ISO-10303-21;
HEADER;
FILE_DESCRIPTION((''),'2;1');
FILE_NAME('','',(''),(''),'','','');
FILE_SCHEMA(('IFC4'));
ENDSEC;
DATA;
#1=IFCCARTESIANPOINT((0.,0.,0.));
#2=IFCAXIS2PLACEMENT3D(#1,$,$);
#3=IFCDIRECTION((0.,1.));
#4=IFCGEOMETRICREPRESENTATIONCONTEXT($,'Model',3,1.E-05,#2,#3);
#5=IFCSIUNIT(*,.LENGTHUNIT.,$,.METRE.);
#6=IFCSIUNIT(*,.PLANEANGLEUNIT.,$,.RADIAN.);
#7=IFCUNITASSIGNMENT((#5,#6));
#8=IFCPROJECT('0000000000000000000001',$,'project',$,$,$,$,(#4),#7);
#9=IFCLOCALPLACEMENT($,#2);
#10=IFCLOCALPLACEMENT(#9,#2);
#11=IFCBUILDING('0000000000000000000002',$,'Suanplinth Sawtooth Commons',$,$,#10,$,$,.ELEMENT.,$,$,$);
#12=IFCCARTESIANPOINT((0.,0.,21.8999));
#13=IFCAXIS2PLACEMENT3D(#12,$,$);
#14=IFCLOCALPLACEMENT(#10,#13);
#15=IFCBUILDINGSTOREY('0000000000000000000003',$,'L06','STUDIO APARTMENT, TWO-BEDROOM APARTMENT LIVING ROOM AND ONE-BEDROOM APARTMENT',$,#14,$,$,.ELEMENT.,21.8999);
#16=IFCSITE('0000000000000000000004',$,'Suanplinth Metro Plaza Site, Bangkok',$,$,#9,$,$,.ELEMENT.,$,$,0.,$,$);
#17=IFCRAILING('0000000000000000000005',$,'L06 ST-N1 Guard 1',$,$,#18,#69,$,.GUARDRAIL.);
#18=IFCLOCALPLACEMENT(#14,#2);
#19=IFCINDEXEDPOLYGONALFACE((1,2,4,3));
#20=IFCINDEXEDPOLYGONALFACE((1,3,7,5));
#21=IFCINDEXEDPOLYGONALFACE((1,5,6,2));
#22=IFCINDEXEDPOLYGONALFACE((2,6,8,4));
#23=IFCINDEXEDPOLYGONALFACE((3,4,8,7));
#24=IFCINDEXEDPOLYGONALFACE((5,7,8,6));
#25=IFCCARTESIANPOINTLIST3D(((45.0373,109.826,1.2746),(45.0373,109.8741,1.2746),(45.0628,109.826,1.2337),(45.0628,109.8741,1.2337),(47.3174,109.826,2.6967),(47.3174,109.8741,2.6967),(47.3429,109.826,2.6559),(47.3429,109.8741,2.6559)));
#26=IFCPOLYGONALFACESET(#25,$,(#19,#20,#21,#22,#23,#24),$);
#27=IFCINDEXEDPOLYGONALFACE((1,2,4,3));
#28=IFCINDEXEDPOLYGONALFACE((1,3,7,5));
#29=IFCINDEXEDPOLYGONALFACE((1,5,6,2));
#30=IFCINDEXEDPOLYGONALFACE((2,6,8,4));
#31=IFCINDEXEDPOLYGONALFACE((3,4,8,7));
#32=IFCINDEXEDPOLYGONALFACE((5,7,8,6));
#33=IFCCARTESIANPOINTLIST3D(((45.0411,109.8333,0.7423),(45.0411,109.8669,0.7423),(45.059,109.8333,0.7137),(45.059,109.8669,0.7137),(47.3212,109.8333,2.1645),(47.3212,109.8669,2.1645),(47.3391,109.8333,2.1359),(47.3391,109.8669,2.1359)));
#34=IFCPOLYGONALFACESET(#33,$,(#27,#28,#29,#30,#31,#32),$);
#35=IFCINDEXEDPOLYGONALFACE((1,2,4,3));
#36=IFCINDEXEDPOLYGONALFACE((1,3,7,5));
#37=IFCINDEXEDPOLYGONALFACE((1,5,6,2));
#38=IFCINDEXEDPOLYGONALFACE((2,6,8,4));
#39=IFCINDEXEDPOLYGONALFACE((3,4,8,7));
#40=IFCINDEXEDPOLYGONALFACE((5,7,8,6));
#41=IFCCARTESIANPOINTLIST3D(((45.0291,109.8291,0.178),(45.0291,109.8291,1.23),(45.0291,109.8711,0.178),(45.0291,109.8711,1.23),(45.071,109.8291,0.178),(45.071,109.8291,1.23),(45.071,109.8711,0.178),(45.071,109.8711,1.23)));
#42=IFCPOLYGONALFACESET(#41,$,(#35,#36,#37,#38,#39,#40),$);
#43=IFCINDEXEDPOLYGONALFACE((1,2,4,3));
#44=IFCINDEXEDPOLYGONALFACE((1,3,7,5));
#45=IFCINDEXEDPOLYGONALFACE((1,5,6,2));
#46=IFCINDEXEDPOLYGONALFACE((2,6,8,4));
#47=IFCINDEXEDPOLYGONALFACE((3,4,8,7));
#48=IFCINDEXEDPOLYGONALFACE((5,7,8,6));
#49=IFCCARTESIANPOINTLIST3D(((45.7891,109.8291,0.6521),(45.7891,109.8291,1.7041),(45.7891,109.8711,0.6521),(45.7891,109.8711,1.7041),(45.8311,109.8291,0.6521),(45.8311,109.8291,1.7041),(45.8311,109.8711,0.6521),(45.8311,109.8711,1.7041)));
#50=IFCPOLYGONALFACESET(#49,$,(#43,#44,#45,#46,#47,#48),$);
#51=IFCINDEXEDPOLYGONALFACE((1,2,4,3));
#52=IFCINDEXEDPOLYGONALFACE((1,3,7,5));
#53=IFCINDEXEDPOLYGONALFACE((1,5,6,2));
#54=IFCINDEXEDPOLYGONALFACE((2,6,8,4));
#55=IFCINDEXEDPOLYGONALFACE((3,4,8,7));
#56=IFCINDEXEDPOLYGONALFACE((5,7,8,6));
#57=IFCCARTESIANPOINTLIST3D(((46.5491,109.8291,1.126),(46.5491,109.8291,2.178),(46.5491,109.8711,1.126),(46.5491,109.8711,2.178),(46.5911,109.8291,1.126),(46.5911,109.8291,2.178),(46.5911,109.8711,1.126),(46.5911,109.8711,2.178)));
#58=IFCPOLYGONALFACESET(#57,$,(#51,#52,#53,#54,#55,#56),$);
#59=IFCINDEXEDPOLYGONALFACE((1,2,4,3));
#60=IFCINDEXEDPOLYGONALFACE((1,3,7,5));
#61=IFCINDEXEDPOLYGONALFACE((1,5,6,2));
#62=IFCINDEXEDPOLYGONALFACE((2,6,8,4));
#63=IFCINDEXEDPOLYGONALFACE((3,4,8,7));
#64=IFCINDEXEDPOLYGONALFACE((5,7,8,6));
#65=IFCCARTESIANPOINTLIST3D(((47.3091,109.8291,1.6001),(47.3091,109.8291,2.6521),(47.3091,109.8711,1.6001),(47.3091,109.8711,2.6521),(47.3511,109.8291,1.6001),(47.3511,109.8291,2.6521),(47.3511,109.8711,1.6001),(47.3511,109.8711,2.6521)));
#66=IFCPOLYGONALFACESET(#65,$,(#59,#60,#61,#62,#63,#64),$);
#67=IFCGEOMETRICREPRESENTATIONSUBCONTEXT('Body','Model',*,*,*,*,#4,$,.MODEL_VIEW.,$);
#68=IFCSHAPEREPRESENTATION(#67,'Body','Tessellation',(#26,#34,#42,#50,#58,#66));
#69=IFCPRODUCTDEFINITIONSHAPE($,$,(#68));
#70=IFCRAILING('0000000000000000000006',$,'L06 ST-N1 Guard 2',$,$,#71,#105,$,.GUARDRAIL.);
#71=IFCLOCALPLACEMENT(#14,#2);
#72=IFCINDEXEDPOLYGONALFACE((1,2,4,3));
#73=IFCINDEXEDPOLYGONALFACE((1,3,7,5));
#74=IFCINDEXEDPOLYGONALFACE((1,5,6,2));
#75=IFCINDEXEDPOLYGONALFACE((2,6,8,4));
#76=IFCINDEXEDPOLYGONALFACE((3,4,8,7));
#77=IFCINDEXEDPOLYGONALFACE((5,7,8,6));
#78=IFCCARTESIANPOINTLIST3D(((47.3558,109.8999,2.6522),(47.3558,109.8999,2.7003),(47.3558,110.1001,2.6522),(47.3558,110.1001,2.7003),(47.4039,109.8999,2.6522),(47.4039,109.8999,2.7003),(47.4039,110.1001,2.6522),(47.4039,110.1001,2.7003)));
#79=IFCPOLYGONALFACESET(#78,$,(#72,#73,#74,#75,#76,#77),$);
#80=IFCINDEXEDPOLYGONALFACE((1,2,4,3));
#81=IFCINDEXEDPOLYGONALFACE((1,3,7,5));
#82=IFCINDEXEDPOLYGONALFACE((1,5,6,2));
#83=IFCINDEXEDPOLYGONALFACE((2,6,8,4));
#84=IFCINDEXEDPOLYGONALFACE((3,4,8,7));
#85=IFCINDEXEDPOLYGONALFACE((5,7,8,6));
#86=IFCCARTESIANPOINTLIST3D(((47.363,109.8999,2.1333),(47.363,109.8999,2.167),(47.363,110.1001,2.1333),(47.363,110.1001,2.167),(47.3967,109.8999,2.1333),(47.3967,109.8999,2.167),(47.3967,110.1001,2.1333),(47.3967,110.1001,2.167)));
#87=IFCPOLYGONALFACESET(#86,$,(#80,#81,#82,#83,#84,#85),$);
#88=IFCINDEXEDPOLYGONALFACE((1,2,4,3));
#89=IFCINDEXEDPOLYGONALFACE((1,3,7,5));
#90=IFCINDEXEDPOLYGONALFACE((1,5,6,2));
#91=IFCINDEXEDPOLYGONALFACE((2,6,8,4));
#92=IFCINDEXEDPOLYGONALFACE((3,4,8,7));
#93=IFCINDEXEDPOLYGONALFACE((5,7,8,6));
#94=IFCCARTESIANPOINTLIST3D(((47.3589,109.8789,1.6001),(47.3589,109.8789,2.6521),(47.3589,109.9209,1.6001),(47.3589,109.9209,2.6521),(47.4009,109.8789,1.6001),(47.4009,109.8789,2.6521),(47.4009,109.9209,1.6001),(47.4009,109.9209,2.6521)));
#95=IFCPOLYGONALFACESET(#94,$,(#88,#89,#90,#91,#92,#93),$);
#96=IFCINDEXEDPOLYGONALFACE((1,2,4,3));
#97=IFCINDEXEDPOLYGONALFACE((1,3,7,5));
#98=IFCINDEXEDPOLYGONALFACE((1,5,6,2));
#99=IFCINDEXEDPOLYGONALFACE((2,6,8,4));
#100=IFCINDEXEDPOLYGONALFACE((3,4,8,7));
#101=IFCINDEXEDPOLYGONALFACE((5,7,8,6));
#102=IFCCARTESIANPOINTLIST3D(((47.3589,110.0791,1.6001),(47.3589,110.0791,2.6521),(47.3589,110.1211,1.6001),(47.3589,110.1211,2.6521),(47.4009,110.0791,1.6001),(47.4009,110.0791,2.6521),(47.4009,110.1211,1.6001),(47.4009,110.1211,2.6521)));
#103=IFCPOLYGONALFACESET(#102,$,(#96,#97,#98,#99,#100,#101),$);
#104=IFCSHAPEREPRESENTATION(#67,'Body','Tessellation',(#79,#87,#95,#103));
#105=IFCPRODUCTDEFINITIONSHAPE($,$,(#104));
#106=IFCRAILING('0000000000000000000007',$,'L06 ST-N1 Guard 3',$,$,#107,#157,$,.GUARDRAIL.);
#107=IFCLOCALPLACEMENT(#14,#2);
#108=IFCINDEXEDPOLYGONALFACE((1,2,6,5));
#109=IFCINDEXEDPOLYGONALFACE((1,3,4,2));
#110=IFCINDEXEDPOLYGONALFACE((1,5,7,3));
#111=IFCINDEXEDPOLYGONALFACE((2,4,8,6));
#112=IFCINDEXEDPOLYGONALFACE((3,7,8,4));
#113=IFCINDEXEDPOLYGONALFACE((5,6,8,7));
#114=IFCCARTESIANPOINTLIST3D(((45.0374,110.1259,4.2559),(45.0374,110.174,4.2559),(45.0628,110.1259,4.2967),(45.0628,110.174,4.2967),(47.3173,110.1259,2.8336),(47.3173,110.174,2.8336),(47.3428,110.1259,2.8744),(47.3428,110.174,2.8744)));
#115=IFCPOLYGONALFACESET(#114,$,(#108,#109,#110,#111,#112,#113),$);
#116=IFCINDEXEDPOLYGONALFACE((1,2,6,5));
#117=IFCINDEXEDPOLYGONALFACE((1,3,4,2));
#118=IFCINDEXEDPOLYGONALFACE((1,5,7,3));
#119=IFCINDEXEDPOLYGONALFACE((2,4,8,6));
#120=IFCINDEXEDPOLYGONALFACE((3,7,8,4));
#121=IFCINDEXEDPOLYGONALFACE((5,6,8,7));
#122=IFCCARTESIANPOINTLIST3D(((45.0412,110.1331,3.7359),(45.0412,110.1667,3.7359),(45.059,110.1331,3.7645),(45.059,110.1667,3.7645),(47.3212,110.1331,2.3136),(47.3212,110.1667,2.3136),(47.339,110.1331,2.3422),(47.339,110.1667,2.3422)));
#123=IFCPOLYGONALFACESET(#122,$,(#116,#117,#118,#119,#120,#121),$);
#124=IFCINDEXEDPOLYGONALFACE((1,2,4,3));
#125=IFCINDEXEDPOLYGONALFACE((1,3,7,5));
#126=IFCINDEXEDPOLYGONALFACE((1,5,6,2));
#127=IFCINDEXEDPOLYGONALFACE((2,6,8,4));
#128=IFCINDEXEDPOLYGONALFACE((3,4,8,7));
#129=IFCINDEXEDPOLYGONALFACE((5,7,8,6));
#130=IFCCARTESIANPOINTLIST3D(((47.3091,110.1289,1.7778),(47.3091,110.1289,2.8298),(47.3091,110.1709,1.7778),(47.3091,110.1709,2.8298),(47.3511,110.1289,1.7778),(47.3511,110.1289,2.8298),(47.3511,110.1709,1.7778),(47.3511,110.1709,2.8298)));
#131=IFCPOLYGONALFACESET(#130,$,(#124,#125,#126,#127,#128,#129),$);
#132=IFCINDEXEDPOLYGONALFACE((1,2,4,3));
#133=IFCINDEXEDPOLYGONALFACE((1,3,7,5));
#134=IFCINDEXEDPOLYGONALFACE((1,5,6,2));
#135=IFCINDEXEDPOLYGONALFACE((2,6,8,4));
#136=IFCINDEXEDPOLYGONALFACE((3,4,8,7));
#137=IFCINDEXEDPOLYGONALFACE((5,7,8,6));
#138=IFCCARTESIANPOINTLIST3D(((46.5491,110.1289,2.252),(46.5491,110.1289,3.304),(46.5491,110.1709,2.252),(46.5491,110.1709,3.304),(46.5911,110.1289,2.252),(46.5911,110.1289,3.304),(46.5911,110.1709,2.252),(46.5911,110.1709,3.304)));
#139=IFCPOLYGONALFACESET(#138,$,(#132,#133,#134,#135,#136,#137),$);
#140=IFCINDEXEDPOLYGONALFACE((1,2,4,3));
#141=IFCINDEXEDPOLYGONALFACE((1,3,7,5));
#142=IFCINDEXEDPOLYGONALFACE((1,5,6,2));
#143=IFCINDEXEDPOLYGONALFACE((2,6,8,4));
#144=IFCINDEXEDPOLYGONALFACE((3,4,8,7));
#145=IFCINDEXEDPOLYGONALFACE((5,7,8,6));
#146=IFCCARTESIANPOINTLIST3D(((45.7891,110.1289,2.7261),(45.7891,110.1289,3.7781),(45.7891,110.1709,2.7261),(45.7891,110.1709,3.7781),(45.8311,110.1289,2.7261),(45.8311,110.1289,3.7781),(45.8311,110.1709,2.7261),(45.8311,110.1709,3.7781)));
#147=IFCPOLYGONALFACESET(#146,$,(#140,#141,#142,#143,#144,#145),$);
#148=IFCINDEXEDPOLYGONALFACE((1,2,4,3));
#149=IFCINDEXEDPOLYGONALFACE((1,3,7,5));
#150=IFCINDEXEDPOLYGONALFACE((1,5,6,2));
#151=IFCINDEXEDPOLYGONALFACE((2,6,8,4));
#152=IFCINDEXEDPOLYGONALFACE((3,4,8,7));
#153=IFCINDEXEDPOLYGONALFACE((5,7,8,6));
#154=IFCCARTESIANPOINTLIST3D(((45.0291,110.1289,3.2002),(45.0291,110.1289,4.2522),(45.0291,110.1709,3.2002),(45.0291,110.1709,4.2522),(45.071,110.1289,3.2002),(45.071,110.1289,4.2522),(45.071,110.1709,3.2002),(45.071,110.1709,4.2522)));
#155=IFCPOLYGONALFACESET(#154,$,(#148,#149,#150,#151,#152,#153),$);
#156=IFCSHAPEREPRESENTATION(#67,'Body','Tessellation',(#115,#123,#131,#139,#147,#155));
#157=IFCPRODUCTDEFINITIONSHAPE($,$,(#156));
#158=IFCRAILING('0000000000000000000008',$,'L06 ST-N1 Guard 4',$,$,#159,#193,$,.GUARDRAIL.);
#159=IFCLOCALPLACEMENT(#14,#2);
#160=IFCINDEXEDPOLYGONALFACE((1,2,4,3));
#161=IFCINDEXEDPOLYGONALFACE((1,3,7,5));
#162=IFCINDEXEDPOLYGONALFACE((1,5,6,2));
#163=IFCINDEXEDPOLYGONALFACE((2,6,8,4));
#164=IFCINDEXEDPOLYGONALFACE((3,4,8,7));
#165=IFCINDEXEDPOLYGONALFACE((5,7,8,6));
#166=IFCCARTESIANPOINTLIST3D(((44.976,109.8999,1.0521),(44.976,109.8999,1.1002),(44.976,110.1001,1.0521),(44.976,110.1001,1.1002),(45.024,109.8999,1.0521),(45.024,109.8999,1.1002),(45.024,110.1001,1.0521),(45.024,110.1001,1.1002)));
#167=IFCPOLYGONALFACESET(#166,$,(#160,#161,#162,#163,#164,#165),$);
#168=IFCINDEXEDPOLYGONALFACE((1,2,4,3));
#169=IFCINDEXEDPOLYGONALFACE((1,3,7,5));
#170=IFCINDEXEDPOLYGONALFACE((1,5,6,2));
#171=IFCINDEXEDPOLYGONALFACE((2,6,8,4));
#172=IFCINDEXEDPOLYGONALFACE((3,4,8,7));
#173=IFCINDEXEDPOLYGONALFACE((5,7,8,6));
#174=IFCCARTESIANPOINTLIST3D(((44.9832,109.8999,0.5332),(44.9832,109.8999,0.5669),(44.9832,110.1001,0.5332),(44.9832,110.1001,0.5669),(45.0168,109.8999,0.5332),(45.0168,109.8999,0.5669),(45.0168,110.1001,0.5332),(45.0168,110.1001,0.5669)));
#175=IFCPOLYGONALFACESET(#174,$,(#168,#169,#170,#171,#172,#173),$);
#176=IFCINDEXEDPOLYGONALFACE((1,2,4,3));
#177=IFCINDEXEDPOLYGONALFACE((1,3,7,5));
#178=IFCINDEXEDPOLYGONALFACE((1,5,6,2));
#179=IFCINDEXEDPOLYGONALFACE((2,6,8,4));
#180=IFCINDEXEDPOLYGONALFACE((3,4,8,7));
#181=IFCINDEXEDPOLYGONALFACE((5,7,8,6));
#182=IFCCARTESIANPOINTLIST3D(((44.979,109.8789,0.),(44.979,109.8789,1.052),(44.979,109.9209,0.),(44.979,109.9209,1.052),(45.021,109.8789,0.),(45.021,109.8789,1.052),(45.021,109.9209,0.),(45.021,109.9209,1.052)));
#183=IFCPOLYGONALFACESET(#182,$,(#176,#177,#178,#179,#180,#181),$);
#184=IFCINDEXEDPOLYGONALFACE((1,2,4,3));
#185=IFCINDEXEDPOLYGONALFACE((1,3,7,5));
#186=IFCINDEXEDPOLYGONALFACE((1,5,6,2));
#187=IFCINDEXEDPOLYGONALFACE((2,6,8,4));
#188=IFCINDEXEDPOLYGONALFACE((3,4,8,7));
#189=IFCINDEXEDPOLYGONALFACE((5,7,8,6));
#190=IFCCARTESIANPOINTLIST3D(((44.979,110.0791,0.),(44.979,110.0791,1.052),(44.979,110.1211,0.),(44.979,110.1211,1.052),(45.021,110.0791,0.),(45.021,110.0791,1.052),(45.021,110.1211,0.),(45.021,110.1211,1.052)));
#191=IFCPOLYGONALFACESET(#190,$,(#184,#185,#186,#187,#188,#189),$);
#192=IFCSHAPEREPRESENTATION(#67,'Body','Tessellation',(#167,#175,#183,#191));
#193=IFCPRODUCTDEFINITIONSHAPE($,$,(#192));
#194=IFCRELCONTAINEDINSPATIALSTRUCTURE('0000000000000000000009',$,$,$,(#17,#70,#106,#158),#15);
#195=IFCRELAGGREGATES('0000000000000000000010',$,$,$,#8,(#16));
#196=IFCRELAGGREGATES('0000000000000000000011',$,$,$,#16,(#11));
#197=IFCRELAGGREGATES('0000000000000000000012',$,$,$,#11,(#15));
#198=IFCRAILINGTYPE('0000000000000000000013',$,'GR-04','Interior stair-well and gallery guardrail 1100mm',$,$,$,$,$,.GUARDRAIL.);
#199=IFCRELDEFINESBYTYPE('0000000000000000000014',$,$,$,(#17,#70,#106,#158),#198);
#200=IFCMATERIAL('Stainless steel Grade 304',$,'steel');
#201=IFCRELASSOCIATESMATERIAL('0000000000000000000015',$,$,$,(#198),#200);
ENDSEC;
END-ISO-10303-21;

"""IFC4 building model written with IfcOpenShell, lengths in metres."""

from ifc_helpers import new_model, si_unit, direction, frame, origin, origin_2d, place, context, subcontext, project, spatial, rectangle, extrude, material, type_object, element, save


model = new_model("IFC4")

# Units and contexts
model_context = context("Model", 3, precision=1e-05, world=origin(), true_north=direction((0.0, 1.0)))
body_context = subcontext(model_context, "Body", "Model", "MODEL_VIEW")
ifc_project = project(units=[si_unit("LENGTHUNIT", "METRE"), si_unit("PLANEANGLEUNIT", "RADIAN")], contexts=[model_context])

# Site, building, storey
site_placement = place(None, origin())
site = spatial("IfcSite", under=ifc_project, at=site_placement, Name="Suanplinth Metro Plaza Site, Bangkok", CompositionType="ELEMENT", RefElevation=0.0)
building_placement = place(site_placement, origin())
building = spatial("IfcBuilding", under=site, at=building_placement, Name="Suanplinth Sawtooth Commons", CompositionType="ELEMENT")
storey_placement = place(building_placement, frame((0.0, 0.0, 21.8999)))
storey = spatial("IfcBuildingStorey", under=building, at=storey_placement, Name="L06", Description="STUDIO APARTMENT, TWO-BEDROOM APARTMENT LIVING ROOM AND ONE-BEDROOM APARTMENT", CompositionType="ELEMENT", Elevation=21.8999)

# Railings
ifc_material_1 = material(Name="Stainless steel Grade 304", Category="steel")
railing_type_1 = type_object("IfcRailingType", Name="GR-04", Description="Interior stair-well and gallery guardrail 1100mm", PredefinedType="GUARDRAIL", material=ifc_material_1)
railing_1_placement = place(storey_placement, frame((45.05, 109.8501, 0.178)))
element("IfcRailing", 1, at=railing_1_placement, inside=storey, type_object=railing_type_1, Name="L06 ST-N1 Guard 1", PredefinedType="GUARDRAIL", context=body_context, shape_type="SweptSolid", body=[
    extrude(rectangle(XDim=0.0481, YDim=0.0481, at=origin_2d()), frame((0.0, 0.0, 1.0762), z_axis=(0.848483, 0.0, 0.529223), x_axis=(0.0, 1.0, 0.0)), (0.0, 0.0, 1.0), 2.6873),
    extrude(rectangle(XDim=0.0337, YDim=0.0337, at=origin_2d()), frame((0.0, 0.0, 0.55), z_axis=(0.848483, 0.0, 0.529223), x_axis=(0.0, 1.0, 0.0)), (0.0, 0.0, 1.0), 2.6873),
    extrude(rectangle(XDim=0.042, YDim=0.042, at=origin_2d()), origin(), (0.0, 0.0, 1.0), 1.052),
    extrude(rectangle(XDim=0.042, YDim=0.042, at=origin_2d()), frame((0.76, 0.0, 0.4741)), (0.0, 0.0, 1.0), 1.052),
    extrude(rectangle(XDim=0.042, YDim=0.042, at=origin_2d()), frame((1.52, 0.0, 0.948)), (0.0, 0.0, 1.0), 1.052),
    extrude(rectangle(XDim=0.042, YDim=0.042, at=origin_2d()), frame((2.28, 0.0, 1.4221)), (0.0, 0.0, 1.0), 1.052),
])
railing_2_placement = place(storey_placement, frame((47.3799, 109.8999, 1.6001)))
element("IfcRailing", 2, at=railing_2_placement, inside=storey, type_object=railing_type_1, Name="L06 ST-N1 Guard 2", PredefinedType="GUARDRAIL", context=body_context, shape_type="SweptSolid", body=[
    extrude(rectangle(XDim=0.0481, YDim=0.0481, at=origin_2d()), frame((0.0, 0.0, 1.0762), z_axis=(0.0, 1.0, 0.0), x_axis=(-1.0, 0.0, 0.0)), (0.0, 0.0, 1.0), 0.2002),
    extrude(rectangle(XDim=0.0337, YDim=0.0337, at=origin_2d()), frame((0.0, 0.0, 0.55), z_axis=(0.0, 1.0, 0.0), x_axis=(-1.0, 0.0, 0.0)), (0.0, 0.0, 1.0), 0.2002),
    extrude(rectangle(XDim=0.042, YDim=0.042, at=origin_2d()), origin(), (0.0, 0.0, 1.0), 1.052),
    extrude(rectangle(XDim=0.042, YDim=0.042, at=origin_2d()), frame((0.0, 0.2002, 0.0)), (0.0, 0.0, 1.0), 1.052),
])
railing_3_placement = place(storey_placement, frame((47.3301, 110.1499, 1.7778)))
element("IfcRailing", 3, at=railing_3_placement, inside=storey, type_object=railing_type_1, Name="L06 ST-N1 Guard 3", PredefinedType="GUARDRAIL", context=body_context, shape_type="SweptSolid", body=[
    extrude(rectangle(XDim=0.0481, YDim=0.0481, at=origin_2d()), frame((0.0, 0.0, 1.0762), z_axis=(-0.848442, 0.0, 0.529288), x_axis=(0.0, -1.0, 0.0)), (0.0, 0.0, 1.0), 2.6873),
    extrude(rectangle(XDim=0.0337, YDim=0.0337, at=origin_2d()), frame((0.0, 0.0, 0.55), z_axis=(-0.848442, 0.0, 0.529288), x_axis=(0.0, -1.0, 0.0)), (0.0, 0.0, 1.0), 2.6873),
    extrude(rectangle(XDim=0.042, YDim=0.042, at=origin_2d()), origin(), (0.0, 0.0, 1.0), 1.052),
    extrude(rectangle(XDim=0.042, YDim=0.042, at=origin_2d()), frame((-0.76, 0.0, 0.4741)), (0.0, 0.0, 1.0), 1.052),
    extrude(rectangle(XDim=0.042, YDim=0.042, at=origin_2d()), frame((-1.52, 0.0, 0.9482)), (0.0, 0.0, 1.0), 1.052),
    extrude(rectangle(XDim=0.042, YDim=0.042, at=origin_2d()), frame((-2.28, 0.0, 1.4224)), (0.0, 0.0, 1.0), 1.052),
])
railing_4_placement = place(storey_placement, frame((45.0, 109.8999, 0.0)))
element("IfcRailing", 4, at=railing_4_placement, inside=storey, type_object=railing_type_1, Name="L06 ST-N1 Guard 4", PredefinedType="GUARDRAIL", context=body_context, shape_type="SweptSolid", body=[
    extrude(rectangle(XDim=0.0481, YDim=0.0481, at=origin_2d()), frame((0.0, 0.0, 1.0762), z_axis=(0.0, 1.0, 0.0), x_axis=(-1.0, 0.0, 0.0)), (0.0, 0.0, 1.0), 0.2002),
    extrude(rectangle(XDim=0.0337, YDim=0.0337, at=origin_2d()), frame((0.0, 0.0, 0.55), z_axis=(0.0, 1.0, 0.0), x_axis=(-1.0, 0.0, 0.0)), (0.0, 0.0, 1.0), 0.2002),
    extrude(rectangle(XDim=0.042, YDim=0.042, at=origin_2d()), origin(), (0.0, 0.0, 1.0), 1.052),
    extrude(rectangle(XDim=0.042, YDim=0.042, at=origin_2d()), frame((0.0, 0.2002, 0.0)), (0.0, 0.0, 1.0), 1.052),
])

save(model, "model.ifc")
